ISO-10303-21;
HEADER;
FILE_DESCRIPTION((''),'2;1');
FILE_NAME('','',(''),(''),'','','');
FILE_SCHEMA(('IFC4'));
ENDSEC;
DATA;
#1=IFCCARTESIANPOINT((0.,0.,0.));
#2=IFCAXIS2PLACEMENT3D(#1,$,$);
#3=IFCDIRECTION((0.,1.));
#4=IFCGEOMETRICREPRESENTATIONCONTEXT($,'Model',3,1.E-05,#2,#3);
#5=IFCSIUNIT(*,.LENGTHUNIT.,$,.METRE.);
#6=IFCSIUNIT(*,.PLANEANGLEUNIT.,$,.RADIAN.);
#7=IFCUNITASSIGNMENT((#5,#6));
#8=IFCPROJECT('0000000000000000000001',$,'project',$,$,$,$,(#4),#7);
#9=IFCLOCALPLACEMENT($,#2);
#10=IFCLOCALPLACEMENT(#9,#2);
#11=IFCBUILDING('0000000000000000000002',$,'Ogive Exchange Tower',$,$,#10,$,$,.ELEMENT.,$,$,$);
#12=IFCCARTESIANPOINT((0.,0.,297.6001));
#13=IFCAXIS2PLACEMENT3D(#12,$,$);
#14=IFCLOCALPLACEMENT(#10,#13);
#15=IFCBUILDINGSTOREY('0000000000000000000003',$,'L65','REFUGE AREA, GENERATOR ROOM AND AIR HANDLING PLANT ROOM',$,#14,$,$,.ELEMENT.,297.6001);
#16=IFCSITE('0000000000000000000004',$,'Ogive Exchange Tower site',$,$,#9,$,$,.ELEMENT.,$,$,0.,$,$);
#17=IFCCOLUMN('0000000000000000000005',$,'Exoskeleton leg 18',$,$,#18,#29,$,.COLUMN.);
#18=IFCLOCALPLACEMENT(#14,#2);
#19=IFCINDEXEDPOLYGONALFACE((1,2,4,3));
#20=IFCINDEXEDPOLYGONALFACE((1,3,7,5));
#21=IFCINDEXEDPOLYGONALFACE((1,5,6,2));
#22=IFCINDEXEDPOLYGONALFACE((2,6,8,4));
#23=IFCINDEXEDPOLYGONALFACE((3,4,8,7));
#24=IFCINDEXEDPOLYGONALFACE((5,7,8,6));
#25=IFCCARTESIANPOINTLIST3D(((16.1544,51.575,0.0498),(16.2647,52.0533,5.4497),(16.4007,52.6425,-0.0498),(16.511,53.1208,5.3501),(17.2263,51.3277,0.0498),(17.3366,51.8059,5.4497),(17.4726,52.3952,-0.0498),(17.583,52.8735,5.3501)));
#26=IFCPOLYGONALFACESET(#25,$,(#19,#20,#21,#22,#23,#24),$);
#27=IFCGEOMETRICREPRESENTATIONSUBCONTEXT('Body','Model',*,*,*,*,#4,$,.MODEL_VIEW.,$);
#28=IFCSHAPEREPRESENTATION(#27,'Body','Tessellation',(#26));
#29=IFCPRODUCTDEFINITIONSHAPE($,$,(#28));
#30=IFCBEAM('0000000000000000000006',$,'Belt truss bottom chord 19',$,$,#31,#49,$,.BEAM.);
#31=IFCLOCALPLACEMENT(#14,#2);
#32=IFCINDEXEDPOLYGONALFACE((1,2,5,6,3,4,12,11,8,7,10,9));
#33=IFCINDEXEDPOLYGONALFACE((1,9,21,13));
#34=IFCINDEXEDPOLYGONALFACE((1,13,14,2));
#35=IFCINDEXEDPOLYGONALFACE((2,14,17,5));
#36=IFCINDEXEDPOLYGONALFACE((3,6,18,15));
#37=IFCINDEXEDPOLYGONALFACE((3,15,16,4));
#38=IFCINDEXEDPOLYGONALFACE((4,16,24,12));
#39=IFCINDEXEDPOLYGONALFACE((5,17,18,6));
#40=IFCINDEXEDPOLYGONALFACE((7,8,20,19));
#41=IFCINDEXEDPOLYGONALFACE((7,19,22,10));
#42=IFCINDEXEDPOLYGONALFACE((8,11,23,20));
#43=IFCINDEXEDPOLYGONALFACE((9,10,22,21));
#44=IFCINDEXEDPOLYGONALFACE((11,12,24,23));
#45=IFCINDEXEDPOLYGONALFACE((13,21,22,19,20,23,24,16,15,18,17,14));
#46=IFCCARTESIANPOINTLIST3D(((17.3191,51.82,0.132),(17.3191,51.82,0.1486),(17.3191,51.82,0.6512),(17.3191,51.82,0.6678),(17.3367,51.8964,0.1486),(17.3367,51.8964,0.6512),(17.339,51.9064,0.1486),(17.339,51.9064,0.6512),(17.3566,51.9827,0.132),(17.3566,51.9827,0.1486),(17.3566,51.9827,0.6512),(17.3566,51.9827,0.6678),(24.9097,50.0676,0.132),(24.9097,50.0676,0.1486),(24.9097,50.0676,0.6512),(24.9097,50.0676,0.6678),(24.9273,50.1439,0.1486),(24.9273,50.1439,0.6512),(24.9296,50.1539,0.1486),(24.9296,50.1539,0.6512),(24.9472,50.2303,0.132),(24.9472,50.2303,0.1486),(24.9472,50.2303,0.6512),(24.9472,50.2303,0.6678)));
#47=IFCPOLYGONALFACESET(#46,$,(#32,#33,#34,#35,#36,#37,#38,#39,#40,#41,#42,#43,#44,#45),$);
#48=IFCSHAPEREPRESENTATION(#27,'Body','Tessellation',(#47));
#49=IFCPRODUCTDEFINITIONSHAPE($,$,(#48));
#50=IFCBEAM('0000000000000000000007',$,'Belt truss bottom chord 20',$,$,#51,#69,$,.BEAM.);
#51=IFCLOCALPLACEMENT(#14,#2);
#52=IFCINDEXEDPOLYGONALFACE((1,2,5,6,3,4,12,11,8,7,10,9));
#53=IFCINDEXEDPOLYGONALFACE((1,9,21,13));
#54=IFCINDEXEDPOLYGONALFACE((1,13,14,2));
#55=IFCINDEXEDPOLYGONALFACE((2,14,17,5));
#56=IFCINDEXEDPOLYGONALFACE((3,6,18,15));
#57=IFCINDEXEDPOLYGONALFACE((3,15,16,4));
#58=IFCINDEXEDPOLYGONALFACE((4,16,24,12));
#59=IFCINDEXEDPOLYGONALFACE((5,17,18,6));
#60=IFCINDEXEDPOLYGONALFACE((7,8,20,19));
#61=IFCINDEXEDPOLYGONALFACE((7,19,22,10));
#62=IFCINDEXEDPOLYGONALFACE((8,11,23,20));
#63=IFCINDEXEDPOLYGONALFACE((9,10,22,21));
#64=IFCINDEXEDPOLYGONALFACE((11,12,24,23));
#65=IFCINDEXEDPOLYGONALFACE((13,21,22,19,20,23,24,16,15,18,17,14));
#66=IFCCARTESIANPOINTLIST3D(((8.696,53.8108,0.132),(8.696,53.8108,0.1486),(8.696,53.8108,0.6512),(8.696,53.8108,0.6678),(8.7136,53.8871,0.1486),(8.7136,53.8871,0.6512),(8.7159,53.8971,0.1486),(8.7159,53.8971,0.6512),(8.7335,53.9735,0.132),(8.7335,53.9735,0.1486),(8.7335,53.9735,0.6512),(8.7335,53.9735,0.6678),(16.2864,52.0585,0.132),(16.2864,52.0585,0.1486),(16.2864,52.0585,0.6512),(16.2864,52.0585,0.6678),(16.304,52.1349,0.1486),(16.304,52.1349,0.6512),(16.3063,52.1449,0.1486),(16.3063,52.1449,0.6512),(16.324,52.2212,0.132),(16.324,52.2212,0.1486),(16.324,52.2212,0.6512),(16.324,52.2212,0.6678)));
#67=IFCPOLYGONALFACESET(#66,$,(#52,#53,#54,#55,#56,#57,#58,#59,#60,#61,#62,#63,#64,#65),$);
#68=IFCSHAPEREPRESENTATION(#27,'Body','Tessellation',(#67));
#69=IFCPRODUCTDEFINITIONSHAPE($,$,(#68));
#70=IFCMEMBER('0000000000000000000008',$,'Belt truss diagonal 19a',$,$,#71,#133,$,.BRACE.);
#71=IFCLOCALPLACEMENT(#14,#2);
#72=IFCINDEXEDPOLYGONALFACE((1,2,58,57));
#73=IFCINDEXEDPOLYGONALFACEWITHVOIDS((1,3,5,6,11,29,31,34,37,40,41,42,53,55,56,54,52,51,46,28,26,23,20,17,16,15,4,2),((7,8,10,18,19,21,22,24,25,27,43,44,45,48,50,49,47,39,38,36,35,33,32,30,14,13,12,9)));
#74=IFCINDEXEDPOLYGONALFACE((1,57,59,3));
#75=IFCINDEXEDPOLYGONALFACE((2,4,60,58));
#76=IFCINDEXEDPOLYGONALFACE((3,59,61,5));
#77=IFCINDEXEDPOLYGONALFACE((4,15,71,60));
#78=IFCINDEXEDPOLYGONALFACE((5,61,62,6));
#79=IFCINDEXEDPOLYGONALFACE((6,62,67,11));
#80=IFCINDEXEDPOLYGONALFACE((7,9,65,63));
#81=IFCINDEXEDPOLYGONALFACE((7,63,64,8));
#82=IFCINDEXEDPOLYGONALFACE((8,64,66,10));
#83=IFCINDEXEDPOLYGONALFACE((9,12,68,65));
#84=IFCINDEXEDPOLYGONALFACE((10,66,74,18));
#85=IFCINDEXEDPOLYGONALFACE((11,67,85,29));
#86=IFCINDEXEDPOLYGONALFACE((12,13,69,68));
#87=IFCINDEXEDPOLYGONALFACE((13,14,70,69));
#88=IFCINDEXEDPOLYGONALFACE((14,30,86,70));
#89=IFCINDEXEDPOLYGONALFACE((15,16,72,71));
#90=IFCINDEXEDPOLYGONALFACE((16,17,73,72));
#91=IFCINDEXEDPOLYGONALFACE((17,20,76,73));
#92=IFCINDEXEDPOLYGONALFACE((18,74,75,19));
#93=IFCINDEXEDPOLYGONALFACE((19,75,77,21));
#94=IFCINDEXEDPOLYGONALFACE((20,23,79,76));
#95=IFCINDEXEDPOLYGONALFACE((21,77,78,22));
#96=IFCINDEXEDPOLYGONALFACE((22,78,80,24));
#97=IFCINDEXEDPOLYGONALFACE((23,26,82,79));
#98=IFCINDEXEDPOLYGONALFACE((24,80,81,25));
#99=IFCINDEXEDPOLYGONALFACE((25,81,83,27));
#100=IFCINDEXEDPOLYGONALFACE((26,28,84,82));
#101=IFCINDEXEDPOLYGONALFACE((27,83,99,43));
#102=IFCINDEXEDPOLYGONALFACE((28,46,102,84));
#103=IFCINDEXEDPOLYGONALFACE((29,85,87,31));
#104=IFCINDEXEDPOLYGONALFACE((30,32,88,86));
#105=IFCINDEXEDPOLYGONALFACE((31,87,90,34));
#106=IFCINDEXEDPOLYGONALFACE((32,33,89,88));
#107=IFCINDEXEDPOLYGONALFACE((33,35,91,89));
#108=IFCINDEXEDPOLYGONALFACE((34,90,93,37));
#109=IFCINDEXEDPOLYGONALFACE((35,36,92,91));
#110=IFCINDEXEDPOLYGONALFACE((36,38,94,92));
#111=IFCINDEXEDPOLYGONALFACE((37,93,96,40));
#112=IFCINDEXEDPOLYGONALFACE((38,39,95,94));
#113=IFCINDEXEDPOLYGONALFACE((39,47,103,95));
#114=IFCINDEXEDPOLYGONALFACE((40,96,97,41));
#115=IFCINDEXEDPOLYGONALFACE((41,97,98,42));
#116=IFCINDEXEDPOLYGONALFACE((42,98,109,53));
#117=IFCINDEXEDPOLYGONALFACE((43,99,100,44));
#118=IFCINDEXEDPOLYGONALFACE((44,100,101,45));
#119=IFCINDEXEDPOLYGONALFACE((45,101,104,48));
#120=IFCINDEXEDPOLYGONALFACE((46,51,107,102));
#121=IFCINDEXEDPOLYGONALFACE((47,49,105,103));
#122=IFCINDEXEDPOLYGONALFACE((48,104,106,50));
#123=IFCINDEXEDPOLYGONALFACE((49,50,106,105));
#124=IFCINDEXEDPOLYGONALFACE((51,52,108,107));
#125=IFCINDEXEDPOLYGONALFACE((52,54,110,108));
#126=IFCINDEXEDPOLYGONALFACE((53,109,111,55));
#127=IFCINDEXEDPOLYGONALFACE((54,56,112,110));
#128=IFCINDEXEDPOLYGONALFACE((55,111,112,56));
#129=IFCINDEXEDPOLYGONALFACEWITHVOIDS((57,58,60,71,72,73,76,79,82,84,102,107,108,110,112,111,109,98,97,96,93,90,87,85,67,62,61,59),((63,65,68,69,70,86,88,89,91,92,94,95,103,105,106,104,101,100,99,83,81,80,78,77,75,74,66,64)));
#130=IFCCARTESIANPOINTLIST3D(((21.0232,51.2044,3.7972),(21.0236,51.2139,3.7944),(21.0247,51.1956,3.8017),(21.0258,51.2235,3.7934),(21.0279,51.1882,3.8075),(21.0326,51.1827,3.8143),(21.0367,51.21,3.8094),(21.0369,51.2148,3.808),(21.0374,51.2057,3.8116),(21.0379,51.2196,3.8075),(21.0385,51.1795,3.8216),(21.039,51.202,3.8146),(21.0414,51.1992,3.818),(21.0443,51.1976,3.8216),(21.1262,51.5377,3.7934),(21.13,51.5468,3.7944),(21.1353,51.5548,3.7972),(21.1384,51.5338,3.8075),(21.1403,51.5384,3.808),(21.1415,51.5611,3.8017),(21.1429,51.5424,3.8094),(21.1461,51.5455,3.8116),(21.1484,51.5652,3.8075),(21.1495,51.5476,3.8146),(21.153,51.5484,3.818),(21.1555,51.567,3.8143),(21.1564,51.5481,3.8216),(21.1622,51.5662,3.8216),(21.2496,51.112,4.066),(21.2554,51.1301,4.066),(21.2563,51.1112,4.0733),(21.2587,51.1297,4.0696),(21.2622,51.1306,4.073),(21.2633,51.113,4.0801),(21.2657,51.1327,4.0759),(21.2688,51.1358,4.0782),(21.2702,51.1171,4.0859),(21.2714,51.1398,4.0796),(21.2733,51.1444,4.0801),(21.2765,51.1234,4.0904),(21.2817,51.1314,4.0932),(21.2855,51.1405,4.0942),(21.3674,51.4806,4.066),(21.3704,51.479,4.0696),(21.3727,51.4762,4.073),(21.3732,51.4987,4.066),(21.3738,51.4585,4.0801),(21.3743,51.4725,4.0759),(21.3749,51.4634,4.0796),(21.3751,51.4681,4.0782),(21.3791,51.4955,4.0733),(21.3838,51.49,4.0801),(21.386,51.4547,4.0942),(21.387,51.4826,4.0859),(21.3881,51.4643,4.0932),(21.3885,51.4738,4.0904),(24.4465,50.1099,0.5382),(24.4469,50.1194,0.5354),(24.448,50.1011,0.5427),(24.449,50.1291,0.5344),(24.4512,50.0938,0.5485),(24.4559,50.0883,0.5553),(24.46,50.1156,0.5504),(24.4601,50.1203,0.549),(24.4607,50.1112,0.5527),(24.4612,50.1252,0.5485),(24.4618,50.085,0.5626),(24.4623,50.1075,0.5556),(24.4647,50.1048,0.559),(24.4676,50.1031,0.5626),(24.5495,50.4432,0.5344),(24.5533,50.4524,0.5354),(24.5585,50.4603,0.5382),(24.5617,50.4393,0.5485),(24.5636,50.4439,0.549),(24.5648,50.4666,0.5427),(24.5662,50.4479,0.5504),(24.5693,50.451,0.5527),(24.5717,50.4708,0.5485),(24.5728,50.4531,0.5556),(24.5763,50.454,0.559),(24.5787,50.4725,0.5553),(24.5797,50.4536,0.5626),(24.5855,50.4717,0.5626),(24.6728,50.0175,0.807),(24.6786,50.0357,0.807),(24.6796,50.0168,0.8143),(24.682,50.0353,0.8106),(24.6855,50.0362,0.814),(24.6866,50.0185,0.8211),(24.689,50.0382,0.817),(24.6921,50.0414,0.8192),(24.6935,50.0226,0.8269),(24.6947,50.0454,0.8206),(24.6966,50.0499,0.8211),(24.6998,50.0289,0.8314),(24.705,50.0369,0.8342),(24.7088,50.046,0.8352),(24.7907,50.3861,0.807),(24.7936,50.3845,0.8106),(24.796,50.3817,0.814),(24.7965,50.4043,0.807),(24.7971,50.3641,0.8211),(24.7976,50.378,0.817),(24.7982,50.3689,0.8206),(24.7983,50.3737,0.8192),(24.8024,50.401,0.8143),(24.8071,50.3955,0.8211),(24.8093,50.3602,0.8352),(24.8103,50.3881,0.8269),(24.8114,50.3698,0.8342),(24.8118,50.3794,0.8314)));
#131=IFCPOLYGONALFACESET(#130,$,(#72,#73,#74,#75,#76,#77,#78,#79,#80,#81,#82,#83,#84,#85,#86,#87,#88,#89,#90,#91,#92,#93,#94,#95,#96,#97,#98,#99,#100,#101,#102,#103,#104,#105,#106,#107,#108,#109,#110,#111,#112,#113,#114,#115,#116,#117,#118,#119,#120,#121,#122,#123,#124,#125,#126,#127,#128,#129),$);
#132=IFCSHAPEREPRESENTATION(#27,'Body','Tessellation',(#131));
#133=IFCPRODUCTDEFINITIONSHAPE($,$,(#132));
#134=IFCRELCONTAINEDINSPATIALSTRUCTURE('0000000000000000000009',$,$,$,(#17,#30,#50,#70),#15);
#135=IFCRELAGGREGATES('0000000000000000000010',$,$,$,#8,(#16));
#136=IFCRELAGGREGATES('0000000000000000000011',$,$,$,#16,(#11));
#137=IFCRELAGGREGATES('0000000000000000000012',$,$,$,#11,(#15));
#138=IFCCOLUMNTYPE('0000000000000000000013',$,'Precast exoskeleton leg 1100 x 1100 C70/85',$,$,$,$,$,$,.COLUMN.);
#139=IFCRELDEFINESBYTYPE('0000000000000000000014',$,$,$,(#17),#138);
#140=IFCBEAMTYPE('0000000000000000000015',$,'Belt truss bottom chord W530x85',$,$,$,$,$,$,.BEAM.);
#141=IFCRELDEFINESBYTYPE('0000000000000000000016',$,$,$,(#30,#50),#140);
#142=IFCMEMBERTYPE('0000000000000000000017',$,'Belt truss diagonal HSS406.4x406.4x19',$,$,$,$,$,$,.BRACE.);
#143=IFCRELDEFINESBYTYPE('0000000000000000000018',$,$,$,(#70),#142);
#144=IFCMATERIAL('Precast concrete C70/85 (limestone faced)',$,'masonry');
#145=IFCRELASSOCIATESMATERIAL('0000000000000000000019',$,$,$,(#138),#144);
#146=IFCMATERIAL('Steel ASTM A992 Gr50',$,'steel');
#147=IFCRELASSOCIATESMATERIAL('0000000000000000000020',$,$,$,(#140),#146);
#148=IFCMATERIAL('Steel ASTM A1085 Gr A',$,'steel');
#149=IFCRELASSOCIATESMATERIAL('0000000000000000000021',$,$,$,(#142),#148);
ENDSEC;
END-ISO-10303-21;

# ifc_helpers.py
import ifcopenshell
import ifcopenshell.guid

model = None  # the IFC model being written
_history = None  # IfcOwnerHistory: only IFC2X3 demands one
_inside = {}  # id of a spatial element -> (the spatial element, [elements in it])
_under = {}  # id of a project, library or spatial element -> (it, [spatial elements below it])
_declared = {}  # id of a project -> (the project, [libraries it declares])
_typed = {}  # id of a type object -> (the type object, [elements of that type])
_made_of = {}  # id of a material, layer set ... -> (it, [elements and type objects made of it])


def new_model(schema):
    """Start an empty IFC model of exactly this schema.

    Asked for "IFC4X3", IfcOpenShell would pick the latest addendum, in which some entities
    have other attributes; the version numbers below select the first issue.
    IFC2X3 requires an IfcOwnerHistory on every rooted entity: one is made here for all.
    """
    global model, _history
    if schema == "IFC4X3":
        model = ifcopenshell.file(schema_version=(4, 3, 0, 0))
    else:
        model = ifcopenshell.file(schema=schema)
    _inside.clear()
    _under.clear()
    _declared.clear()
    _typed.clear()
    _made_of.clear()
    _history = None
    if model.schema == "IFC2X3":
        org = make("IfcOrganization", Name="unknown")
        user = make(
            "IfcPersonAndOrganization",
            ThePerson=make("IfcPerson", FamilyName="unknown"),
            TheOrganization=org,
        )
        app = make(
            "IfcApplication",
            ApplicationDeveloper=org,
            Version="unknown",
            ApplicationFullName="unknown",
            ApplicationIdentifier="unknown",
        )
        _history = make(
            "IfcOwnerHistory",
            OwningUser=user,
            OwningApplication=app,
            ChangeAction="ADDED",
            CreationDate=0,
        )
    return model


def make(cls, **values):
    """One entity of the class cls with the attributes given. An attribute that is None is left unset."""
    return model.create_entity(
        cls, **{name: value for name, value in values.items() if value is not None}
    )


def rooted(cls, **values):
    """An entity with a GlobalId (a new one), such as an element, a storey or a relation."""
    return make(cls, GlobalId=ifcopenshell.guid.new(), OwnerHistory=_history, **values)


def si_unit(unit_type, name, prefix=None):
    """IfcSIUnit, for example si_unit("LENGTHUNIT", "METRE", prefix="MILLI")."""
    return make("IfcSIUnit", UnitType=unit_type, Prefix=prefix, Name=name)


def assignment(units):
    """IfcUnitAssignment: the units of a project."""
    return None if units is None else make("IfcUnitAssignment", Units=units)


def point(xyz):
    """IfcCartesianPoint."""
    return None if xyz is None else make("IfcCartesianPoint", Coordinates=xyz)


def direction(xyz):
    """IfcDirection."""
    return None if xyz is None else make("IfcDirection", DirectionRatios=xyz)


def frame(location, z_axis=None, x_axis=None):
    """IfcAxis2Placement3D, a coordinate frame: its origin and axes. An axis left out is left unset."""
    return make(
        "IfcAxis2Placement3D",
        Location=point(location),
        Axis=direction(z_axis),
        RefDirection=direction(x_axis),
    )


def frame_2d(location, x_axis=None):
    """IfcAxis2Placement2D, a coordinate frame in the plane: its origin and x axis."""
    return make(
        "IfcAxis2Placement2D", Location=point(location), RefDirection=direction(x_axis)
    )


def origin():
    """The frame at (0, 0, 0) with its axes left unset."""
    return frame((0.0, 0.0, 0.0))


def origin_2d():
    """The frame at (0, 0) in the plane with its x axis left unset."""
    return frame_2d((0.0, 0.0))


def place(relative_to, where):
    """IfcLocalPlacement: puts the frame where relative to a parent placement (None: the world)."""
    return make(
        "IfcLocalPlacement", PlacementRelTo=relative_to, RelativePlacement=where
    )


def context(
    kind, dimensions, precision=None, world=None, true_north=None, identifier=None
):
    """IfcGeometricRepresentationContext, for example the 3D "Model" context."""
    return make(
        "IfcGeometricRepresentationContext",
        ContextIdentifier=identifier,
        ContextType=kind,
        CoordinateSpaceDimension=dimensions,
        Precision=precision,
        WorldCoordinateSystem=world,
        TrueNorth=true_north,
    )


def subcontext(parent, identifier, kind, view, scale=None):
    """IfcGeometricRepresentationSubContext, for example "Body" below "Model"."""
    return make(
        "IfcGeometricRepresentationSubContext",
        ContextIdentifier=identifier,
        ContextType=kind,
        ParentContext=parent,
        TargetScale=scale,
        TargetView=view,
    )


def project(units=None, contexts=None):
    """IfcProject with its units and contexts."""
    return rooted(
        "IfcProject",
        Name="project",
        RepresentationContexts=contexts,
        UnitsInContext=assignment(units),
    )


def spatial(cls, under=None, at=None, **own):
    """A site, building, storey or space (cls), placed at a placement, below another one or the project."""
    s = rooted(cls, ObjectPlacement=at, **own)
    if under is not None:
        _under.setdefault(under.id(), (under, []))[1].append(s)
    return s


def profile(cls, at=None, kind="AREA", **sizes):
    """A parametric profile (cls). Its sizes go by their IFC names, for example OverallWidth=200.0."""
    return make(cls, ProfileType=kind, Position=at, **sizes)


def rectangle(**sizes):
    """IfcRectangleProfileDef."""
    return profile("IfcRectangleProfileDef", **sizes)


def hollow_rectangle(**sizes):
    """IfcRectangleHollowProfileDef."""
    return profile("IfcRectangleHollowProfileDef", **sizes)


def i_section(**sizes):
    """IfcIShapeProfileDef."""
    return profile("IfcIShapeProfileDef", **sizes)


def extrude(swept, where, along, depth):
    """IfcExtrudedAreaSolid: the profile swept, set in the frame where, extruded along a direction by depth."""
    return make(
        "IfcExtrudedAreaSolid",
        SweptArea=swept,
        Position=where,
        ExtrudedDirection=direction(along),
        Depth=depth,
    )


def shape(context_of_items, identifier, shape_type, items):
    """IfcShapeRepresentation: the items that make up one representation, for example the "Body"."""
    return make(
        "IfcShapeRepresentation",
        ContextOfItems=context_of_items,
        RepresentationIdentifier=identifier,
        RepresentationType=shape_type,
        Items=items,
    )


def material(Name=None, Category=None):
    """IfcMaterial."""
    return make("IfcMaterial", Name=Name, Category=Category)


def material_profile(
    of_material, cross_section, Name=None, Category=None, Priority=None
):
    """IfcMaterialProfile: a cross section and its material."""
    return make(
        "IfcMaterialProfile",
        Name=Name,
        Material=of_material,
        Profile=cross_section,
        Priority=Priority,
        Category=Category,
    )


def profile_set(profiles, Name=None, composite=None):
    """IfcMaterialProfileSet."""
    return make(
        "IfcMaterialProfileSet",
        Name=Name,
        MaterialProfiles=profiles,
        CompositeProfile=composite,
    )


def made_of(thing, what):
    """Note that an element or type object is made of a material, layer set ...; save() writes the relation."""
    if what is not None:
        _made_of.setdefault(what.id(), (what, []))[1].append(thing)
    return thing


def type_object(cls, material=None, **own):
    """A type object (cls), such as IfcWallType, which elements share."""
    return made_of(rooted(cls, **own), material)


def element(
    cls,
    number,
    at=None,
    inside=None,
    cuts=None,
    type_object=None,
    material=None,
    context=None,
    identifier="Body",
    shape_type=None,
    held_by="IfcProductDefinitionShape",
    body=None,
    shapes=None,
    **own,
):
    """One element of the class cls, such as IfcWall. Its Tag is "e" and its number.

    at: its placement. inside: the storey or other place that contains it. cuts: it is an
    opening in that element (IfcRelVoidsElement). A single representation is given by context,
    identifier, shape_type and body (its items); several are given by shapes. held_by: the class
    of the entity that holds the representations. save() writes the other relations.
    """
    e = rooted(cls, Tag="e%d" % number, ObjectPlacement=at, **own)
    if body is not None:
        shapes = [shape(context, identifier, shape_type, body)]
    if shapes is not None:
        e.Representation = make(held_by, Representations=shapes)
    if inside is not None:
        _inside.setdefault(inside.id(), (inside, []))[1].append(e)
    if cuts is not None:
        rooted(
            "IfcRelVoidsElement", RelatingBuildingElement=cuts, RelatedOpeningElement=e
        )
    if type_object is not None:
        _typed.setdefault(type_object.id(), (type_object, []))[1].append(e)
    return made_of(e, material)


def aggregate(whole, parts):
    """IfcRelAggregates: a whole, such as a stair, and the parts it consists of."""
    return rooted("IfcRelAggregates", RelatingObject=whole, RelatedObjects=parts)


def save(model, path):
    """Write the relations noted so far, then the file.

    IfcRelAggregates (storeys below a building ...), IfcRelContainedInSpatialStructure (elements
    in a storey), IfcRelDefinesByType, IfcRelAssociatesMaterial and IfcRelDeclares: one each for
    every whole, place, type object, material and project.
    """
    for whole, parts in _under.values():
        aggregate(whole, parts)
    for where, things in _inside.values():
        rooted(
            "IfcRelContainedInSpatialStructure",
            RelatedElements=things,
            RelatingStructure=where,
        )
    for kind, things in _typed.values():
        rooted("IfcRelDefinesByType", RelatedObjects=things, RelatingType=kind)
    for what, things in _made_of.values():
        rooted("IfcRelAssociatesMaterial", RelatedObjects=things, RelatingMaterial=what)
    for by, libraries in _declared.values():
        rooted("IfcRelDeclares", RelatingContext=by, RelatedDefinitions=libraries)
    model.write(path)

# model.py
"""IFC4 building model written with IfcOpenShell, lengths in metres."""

from ifc_helpers import new_model, si_unit, direction, frame, origin, origin_2d, place, context, subcontext, project, spatial, rectangle, hollow_rectangle, i_section, extrude, material, material_profile, profile_set, type_object, element, save


model = new_model("IFC4")

# Units and contexts
model_context = context("Model", 3, precision=1e-05, world=origin(), true_north=direction((0.0, 1.0)))
body_context = subcontext(model_context, "Body", "Model", "MODEL_VIEW")
ifc_project = project(units=[si_unit("LENGTHUNIT", "METRE"), si_unit("PLANEANGLEUNIT", "RADIAN")], contexts=[model_context])

# Site, building, storey
site_placement = place(None, origin())
site = spatial("IfcSite", under=ifc_project, at=site_placement, Name="Ogive Exchange Tower site", CompositionType="ELEMENT", RefElevation=0.0)
building_placement = place(site_placement, origin())
building = spatial("IfcBuilding", under=site, at=building_placement, Name="Ogive Exchange Tower", CompositionType="ELEMENT")
storey_placement = place(building_placement, frame((0.0, 0.0, 297.6001)))
storey = spatial("IfcBuildingStorey", under=building, at=storey_placement, Name="L65", Description="REFUGE AREA, GENERATOR ROOM AND AIR HANDLING PLANT ROOM", CompositionType="ELEMENT", Elevation=297.6001)

# Column
ifc_material_1 = material(Name="Precast concrete C70/85 (limestone faced)", Category="masonry")
ifc_material_profile_1 = material_profile(ifc_material_1, rectangle(XDim=1.1001, YDim=1.1001, at=origin_2d()), Name="1100 x 1100")
ifc_profile_set_1 = profile_set([ifc_material_profile_1], Name="Precast concrete C70/85 (limestone faced)")
column_type = type_object("IfcColumnType", Name="Precast exoskeleton leg 1100 x 1100 C70/85", PredefinedType="COLUMN", material=ifc_profile_set_1)
column_placement = place(storey_placement, frame((16.8135, 51.9851, 0.0), z_axis=(0.020352, 0.088207, 0.995894), x_axis=(-0.9744, 0.224823, 0.0)))
element("IfcColumn", 1, at=column_placement, inside=storey, type_object=column_type, Name="Exoskeleton leg 18", PredefinedType="COLUMN", context=body_context, shape_type="SweptSolid", body=[
    extrude(rectangle(XDim=1.1001, YDim=1.1001, at=origin_2d()), origin(), (0.0, 0.0, 1.0), 5.4221),
])

# Beams
ifc_material_2 = material(Name="Steel ASTM A992 Gr50", Category="steel")
ifc_material_profile_2 = material_profile(ifc_material_2, i_section(OverallWidth=0.167, OverallDepth=0.5359, WebThickness=0.0103, FlangeThickness=0.0166, at=origin_2d()), Name="W530x85")
ifc_profile_set_2 = profile_set([ifc_material_profile_2], Name="Steel ASTM A992 Gr50")
beam_type_1 = type_object("IfcBeamType", Name="Belt truss bottom chord W530x85", PredefinedType="BEAM", material=ifc_profile_set_2)
beam_1_placement = place(storey_placement, frame((24.9285, 50.1489, 0.3999), z_axis=(-0.97437, 0.224953, 0.0), x_axis=(-0.224953, -0.97437, 0.0)))
element("IfcBeam", 2, at=beam_1_placement, inside=storey, type_object=beam_type_1, Name="Belt truss bottom chord 19", PredefinedType="BEAM", context=body_context, shape_type="SweptSolid", body=[
    extrude(i_section(OverallWidth=0.167, OverallDepth=0.5359, WebThickness=0.0103, FlangeThickness=0.0166, at=origin_2d()), origin(), (0.0, 0.0, 1.0), 7.7903),
])
beam_2_placement = place(storey_placement, frame((16.3052, 52.1399, 0.3999), z_axis=(-0.974375, 0.22493, 0.0), x_axis=(-0.22493, -0.974375, 0.0)))
element("IfcBeam", 3, at=beam_2_placement, inside=storey, type_object=beam_type_1, Name="Belt truss bottom chord 20", PredefinedType="BEAM", context=body_context, shape_type="SweptSolid", body=[
    extrude(i_section(OverallWidth=0.167, OverallDepth=0.5359, WebThickness=0.0103, FlangeThickness=0.0166, at=origin_2d()), origin(), (0.0, 0.0, 1.0), 7.79),
])

# Member
ifc_material_3 = material(Name="Steel ASTM A1085 Gr A", Category="steel")
ifc_material_profile_3 = material_profile(ifc_material_3, hollow_rectangle(XDim=0.406, YDim=0.406, WallThickness=0.019, InnerFilletRadius=0.019, OuterFilletRadius=0.0381, at=origin_2d()), Name="HSS406.4x406.4x19")
ifc_profile_set_3 = profile_set([ifc_material_profile_3], Name="Steel ASTM A1085 Gr A")
member_type_1 = type_object("IfcMemberType", Name="Belt truss diagonal HSS406.4x406.4x19", PredefinedType="BRACE", material=ifc_profile_set_3)
member_1_placement = place(storey_placement, frame((24.6292, 50.2446, 0.6848), z_axis=(-0.705604, 0.22559, 0.671738), x_axis=(-0.304527, -0.952504, 0.0)))
element("IfcMember", 4, at=member_1_placement, inside=storey, type_object=member_type_1, Name="Belt truss diagonal 19a", PredefinedType="BRACE", context=body_context, shape_type="SweptSolid", body=[
    extrude(hollow_rectangle(XDim=0.406, YDim=0.406, WallThickness=0.019, InnerFilletRadius=0.019, OuterFilletRadius=0.0381, at=origin_2d()), origin(), (0.0, 0.0, 1.0), 4.8516),
])

save(model, "model.ifc")
